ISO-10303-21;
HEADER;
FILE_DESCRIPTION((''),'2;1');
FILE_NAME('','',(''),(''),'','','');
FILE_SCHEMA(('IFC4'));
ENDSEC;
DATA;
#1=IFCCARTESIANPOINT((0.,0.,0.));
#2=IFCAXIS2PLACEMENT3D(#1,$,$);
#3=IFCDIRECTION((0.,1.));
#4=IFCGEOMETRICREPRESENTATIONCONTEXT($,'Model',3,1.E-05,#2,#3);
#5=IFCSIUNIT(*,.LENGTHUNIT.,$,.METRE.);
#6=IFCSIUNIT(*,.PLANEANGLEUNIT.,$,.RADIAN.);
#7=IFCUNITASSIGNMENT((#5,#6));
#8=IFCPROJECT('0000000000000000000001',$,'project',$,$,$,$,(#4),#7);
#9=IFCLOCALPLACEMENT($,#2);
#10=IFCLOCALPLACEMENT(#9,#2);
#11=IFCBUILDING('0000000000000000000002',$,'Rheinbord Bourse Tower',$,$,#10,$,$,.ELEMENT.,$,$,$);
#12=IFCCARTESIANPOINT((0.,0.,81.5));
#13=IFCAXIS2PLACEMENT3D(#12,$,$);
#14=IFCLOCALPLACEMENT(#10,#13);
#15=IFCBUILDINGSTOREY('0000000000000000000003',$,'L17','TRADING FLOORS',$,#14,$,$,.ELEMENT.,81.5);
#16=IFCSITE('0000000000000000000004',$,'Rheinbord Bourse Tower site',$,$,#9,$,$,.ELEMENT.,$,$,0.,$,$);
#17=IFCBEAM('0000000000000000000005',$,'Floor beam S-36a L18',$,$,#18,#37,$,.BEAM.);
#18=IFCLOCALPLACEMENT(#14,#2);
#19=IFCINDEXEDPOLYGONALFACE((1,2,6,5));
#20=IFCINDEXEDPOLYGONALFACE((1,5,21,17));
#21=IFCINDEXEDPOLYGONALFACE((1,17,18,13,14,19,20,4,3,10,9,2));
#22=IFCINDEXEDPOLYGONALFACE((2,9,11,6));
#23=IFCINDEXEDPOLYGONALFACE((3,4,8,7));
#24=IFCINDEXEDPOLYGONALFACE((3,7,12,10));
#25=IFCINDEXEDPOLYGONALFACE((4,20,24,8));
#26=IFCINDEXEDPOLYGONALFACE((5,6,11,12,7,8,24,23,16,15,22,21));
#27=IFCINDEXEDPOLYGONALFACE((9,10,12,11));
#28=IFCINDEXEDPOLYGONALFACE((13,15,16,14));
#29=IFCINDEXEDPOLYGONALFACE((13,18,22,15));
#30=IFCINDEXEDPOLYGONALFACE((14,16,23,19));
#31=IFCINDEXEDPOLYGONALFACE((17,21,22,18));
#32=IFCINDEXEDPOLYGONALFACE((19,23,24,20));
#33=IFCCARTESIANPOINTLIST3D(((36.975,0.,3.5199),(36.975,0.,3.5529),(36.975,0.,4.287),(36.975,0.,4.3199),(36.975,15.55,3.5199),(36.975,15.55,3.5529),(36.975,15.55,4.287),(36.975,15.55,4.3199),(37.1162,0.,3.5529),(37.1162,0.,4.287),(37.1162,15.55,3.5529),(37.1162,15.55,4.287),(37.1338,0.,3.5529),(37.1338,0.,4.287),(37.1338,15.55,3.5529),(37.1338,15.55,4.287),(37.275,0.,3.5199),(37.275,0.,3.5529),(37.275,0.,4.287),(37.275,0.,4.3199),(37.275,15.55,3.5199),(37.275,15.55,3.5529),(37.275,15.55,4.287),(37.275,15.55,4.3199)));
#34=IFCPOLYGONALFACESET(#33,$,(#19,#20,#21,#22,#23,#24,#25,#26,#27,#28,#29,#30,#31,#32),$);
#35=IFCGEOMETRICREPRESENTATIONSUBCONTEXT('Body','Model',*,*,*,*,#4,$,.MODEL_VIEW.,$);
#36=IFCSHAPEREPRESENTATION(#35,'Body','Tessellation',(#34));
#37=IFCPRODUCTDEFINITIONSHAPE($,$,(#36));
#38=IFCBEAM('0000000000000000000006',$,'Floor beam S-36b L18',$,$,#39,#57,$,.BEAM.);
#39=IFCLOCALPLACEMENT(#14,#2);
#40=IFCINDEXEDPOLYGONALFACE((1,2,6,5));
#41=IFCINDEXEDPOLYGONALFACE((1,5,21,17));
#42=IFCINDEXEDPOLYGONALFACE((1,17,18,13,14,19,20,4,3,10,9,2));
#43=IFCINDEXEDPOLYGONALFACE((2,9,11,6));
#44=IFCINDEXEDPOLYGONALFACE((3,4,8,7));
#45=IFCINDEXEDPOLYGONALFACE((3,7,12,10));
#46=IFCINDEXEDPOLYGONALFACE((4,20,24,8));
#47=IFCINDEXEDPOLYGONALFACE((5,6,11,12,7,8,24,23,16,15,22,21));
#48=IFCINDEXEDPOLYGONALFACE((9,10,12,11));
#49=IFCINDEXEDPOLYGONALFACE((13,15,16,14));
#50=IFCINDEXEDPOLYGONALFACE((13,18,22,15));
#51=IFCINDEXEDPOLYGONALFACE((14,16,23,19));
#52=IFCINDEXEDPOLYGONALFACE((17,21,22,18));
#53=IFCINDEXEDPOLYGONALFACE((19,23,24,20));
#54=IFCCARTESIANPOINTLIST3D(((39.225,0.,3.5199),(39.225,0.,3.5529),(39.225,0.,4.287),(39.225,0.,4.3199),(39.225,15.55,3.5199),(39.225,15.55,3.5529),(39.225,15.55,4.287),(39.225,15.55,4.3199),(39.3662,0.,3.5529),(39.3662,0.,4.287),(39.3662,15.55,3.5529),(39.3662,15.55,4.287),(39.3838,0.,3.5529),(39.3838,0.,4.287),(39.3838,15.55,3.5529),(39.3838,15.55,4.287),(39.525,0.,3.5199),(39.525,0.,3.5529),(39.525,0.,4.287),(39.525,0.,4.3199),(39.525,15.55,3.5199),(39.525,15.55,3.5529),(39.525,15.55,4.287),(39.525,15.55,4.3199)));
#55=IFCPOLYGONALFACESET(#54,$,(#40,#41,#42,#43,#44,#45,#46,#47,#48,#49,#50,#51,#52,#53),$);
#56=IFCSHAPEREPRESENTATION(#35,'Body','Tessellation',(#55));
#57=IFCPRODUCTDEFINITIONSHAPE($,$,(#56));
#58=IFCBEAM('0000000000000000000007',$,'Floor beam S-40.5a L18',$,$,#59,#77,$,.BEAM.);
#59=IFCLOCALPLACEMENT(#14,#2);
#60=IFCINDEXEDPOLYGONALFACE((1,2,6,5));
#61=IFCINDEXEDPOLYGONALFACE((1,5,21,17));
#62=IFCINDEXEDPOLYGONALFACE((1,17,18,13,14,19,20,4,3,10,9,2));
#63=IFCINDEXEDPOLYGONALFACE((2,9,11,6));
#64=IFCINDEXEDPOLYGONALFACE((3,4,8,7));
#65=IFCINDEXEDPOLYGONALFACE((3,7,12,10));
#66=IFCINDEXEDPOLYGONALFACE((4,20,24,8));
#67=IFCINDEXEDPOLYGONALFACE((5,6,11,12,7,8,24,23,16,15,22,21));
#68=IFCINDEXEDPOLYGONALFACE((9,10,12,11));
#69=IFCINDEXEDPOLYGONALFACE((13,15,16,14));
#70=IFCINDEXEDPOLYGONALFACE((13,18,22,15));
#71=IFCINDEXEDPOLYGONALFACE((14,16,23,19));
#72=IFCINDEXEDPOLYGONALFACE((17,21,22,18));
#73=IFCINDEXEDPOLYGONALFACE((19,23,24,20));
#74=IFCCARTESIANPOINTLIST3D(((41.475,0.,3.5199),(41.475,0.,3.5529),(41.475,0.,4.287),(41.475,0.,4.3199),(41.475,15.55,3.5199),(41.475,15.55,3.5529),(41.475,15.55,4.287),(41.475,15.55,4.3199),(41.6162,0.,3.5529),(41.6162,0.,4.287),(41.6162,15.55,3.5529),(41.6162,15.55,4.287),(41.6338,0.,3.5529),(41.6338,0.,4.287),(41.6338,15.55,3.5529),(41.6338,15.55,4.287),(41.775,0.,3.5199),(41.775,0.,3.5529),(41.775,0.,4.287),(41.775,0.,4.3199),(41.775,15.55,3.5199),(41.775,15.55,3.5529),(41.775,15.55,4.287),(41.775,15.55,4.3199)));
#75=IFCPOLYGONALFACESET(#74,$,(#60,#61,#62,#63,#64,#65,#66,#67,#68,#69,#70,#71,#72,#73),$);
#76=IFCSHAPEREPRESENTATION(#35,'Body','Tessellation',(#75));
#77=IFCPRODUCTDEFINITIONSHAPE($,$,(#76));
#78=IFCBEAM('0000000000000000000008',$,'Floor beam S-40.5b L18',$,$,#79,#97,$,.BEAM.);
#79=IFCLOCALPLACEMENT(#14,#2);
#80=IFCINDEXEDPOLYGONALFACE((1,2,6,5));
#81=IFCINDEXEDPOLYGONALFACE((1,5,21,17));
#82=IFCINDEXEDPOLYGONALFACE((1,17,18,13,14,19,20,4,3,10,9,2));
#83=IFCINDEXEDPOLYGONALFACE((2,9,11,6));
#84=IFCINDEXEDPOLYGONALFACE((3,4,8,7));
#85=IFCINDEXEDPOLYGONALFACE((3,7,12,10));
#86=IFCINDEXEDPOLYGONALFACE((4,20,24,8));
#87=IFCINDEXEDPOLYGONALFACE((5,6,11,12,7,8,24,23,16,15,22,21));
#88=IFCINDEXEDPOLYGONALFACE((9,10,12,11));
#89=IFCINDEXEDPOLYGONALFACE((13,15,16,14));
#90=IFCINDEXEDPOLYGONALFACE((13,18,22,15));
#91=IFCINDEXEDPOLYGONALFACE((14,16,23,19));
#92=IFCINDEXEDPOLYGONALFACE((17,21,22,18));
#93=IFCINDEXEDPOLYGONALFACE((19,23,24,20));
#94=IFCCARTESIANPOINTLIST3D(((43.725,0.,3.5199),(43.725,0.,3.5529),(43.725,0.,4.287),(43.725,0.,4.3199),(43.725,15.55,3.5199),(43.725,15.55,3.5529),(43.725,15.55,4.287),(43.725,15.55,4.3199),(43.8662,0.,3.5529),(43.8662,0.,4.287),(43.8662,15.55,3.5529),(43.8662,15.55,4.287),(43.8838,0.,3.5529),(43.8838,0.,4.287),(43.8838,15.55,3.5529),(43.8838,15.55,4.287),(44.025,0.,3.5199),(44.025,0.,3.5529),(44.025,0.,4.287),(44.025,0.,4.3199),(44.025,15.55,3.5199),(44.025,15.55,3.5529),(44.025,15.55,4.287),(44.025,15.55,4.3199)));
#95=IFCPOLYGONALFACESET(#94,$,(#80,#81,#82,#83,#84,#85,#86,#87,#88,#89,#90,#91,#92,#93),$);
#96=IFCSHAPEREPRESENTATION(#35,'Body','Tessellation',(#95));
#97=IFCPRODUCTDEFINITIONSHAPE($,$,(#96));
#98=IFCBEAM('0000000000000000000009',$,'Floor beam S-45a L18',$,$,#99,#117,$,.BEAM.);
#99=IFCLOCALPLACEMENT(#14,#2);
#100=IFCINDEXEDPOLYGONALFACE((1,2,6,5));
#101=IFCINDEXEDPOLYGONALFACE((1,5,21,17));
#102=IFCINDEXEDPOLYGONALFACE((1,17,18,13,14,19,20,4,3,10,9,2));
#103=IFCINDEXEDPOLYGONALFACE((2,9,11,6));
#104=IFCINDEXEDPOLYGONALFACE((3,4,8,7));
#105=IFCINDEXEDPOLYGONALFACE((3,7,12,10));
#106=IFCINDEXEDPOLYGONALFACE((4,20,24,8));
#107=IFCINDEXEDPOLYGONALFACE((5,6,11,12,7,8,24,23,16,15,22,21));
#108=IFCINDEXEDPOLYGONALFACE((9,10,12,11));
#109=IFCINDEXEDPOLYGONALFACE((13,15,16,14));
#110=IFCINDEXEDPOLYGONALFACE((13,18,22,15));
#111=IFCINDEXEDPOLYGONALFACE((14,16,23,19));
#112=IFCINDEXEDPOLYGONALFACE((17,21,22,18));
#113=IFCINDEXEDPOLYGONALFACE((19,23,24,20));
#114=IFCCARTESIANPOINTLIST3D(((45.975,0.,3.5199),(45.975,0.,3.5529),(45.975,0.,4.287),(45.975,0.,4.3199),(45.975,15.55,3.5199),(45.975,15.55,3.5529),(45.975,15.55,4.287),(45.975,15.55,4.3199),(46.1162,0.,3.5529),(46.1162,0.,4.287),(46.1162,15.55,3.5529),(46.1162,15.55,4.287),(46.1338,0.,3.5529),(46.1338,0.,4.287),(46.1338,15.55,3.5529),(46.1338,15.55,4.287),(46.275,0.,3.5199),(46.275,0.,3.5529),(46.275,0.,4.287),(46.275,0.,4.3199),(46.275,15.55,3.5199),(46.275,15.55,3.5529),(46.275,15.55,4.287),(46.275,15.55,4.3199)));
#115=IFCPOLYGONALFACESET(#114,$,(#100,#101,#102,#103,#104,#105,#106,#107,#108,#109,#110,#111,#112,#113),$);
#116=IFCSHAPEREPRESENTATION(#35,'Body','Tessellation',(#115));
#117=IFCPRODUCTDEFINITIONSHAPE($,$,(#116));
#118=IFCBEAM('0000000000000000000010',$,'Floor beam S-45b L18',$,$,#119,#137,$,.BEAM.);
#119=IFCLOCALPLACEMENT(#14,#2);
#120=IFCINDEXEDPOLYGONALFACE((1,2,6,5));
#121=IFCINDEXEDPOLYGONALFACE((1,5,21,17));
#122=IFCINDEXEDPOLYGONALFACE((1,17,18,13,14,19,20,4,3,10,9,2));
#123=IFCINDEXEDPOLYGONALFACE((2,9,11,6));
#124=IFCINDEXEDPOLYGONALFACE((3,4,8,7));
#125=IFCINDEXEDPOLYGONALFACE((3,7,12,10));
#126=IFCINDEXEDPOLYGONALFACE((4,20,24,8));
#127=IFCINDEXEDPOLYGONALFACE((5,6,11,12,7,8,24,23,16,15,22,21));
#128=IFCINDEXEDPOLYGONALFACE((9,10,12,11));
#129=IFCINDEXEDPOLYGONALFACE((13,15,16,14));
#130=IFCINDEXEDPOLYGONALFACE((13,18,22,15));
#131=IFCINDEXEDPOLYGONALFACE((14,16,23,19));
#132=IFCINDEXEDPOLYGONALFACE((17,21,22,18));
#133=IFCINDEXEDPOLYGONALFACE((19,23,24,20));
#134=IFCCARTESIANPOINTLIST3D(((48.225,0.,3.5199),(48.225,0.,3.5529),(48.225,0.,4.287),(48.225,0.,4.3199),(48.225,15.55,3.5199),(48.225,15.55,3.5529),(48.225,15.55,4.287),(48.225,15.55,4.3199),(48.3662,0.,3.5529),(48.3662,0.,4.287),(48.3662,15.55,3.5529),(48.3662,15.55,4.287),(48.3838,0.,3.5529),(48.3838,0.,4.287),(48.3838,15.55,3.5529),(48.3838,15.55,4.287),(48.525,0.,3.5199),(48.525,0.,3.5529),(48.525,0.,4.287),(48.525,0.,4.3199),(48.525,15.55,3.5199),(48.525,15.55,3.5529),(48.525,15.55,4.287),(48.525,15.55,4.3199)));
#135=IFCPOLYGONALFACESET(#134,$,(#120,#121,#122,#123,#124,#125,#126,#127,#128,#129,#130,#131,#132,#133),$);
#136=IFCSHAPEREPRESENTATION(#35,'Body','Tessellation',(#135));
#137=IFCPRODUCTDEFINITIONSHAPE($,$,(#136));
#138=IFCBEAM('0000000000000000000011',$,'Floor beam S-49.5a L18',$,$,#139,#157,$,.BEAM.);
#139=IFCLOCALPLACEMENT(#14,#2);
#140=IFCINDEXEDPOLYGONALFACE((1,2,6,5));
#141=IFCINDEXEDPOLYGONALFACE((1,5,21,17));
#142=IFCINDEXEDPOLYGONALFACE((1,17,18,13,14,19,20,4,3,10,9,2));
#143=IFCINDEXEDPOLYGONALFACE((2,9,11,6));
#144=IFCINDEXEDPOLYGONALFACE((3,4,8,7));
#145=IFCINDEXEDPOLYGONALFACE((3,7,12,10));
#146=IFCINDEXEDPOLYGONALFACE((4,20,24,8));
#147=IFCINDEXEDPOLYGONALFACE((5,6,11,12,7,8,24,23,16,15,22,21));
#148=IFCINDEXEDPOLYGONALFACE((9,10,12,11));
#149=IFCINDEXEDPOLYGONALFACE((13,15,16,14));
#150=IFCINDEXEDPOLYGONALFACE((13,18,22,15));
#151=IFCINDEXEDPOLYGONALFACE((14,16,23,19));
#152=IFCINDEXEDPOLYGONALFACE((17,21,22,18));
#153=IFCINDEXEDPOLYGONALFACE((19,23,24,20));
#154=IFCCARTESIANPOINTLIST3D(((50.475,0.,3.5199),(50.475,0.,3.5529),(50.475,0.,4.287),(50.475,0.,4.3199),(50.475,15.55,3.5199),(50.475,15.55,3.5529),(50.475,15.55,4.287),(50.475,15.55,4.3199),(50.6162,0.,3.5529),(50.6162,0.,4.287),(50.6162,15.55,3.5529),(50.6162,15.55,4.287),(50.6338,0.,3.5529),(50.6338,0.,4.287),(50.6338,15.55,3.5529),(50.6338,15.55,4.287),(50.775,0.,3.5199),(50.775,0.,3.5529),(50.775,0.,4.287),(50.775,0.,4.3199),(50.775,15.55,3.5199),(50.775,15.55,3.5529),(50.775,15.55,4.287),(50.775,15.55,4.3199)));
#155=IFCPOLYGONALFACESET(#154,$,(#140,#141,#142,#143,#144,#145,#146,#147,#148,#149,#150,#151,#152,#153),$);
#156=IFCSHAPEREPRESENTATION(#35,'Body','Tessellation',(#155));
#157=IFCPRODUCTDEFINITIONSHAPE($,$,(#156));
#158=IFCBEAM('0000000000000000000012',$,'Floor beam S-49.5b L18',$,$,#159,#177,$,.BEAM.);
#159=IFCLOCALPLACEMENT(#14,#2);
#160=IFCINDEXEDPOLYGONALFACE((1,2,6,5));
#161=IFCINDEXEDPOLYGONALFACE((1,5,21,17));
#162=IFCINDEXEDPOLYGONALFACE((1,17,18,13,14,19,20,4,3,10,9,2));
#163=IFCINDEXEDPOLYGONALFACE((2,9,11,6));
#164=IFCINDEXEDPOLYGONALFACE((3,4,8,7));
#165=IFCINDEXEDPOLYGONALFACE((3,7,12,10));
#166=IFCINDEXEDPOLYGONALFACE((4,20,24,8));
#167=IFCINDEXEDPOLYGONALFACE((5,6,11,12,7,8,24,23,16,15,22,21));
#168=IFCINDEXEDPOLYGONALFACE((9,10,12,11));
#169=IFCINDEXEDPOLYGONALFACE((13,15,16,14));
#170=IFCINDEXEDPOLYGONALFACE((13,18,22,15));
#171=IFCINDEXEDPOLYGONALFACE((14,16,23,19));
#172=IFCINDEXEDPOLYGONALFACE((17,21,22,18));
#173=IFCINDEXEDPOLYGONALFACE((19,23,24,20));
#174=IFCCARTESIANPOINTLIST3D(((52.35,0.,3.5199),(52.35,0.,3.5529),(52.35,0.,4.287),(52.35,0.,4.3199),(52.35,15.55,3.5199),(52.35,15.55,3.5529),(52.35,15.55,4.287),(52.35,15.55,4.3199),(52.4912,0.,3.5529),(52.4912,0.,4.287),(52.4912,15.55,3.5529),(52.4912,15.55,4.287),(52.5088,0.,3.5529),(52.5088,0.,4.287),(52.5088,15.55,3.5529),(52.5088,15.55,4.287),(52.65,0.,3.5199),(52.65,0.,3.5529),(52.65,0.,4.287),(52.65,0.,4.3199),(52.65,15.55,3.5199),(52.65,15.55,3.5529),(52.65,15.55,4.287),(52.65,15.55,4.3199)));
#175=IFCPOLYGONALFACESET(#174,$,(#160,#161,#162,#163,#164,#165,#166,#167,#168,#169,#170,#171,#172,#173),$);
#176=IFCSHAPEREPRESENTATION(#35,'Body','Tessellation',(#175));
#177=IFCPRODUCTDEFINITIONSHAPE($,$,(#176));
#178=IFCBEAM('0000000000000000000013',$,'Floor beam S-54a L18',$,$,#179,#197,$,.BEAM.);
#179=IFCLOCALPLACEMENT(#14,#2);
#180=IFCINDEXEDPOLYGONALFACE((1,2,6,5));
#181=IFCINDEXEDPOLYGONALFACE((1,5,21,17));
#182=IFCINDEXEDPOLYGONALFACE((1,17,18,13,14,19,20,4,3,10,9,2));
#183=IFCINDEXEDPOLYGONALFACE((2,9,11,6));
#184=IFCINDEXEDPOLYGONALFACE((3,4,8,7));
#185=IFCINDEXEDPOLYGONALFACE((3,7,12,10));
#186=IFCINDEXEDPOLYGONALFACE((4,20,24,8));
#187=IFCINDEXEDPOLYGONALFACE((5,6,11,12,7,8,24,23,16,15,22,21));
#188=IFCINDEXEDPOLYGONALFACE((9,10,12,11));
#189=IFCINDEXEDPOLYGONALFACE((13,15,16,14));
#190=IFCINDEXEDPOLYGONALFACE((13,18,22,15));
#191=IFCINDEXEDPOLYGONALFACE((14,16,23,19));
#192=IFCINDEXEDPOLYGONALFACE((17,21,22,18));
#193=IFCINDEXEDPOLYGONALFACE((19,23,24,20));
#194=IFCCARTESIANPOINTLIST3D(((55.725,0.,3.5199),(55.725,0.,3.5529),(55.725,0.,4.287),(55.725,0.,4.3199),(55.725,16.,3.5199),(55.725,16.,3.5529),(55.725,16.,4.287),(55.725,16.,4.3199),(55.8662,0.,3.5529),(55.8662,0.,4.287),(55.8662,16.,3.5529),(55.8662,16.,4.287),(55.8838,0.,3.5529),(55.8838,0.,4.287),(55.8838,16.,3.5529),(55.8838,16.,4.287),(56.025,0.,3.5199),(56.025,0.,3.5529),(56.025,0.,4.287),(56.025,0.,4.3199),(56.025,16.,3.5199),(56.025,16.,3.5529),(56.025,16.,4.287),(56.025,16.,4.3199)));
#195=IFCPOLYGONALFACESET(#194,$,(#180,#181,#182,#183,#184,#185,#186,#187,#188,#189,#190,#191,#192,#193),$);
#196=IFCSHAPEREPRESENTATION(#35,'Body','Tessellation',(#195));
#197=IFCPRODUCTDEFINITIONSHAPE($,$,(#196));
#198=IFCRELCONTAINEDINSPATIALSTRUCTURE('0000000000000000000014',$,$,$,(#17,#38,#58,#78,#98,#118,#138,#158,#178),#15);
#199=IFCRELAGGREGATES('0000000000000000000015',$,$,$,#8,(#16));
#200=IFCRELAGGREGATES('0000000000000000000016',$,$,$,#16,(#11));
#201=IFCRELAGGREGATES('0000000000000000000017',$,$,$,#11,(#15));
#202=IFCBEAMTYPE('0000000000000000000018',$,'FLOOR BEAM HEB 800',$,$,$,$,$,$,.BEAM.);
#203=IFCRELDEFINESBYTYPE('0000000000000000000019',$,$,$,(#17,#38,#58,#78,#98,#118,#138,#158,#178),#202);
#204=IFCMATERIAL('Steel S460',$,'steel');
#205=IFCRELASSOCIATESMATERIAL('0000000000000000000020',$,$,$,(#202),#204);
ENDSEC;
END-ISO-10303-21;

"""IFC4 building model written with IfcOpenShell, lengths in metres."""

from ifc_helpers import new_model, si_unit, direction, frame, origin, origin_2d, place, context, subcontext, project, spatial, i_section, extrude, material, material_profile, profile_set, type_object, element, save


model = new_model("IFC4")

# Units and contexts
model_context = context("Model", 3, precision=1e-05, world=origin(), true_north=direction((0.0, 1.0)))
body_context = subcontext(model_context, "Body", "Model", "MODEL_VIEW")
ifc_project = project(units=[si_unit("LENGTHUNIT", "METRE"), si_unit("PLANEANGLEUNIT", "RADIAN")], contexts=[model_context])

# Site, building, storey
site_placement = place(None, origin())
site = spatial("IfcSite", under=ifc_project, at=site_placement, Name="Rheinbord Bourse Tower site", CompositionType="ELEMENT", RefElevation=0.0)
building_placement = place(site_placement, origin())
building = spatial("IfcBuilding", under=site, at=building_placement, Name="Rheinbord Bourse Tower", CompositionType="ELEMENT")
storey_placement = place(building_placement, frame((0.0, 0.0, 81.5)))
storey = spatial("IfcBuildingStorey", under=building, at=storey_placement, Name="L17", Description="TRADING FLOORS", CompositionType="ELEMENT", Elevation=81.5)

# Beams
ifc_material_1 = material(Name="Steel S460", Category="steel")
ifc_material_profile_1 = material_profile(ifc_material_1, i_section(OverallWidth=0.3, OverallDepth=0.8, WebThickness=0.0176, FlangeThickness=0.033, at=origin_2d()), Name="HEB 800")
ifc_profile_set_1 = profile_set([ifc_material_profile_1], Name="Steel S460")
beam_type_1 = type_object("IfcBeamType", Name="FLOOR BEAM HEB 800", PredefinedType="BEAM", material=ifc_profile_set_1)
for number, where, z_axis, x_axis, name in (
    (1, (37.125, 0.0, 3.9199), (0.0, 1.0, 0.0), (-1.0, 0.0, 0.0), "Floor beam S-36a L18"),
    (2, (39.375, 0.0, 3.9199), (0.0, 1.0, 0.0), (-1.0, 0.0, 0.0), "Floor beam S-36b L18"),
    (3, (41.625, 0.0, 3.9199), (0.0, 1.0, 0.0), (-1.0, 0.0, 0.0), "Floor beam S-40.5a L18"),
    (4, (43.875, 0.0, 3.9199), (0.0, 1.0, 0.0), (-1.0, 0.0, 0.0), "Floor beam S-40.5b L18"),
    (5, (46.125, 0.0, 3.9199), (0.0, 1.0, 0.0), (-1.0, 0.0, 0.0), "Floor beam S-45a L18"),
    (6, (48.375, 0.0, 3.9199), (0.0, 1.0, 0.0), (-1.0, 0.0, 0.0), "Floor beam S-45b L18"),
    (7, (50.625, 0.0, 3.9199), (0.0, 1.0, 0.0), (-1.0, 0.0, 0.0), "Floor beam S-49.5a L18"),
    (8, (52.5, 0.0, 3.9199), (0.0, 1.0, 0.0), (-1.0, 0.0, 0.0), "Floor beam S-49.5b L18"),
):
    element("IfcBeam", number, at=place(storey_placement, frame(where, z_axis=z_axis, x_axis=x_axis)), inside=storey, type_object=beam_type_1, Name=name, PredefinedType="BEAM", context=body_context, shape_type="SweptSolid", body=[
        extrude(i_section(OverallWidth=0.3, OverallDepth=0.8, WebThickness=0.0176, FlangeThickness=0.033, at=origin_2d()), origin(), (0.0, 0.0, 1.0), 15.55),
    ])
beam_placement = place(storey_placement, frame((55.875, 0.0, 3.9199), z_axis=(0.0, 1.0, 0.0), x_axis=(-1.0, 0.0, 0.0)))
element("IfcBeam", 9, at=beam_placement, inside=storey, type_object=beam_type_1, Name="Floor beam S-54a L18", PredefinedType="BEAM", context=body_context, shape_type="SweptSolid", body=[
    extrude(i_section(OverallWidth=0.3, OverallDepth=0.8, WebThickness=0.0176, FlangeThickness=0.033, at=origin_2d()), origin(), (0.0, 0.0, 1.0), 16.0),
])

save(model, "model.ifc")
